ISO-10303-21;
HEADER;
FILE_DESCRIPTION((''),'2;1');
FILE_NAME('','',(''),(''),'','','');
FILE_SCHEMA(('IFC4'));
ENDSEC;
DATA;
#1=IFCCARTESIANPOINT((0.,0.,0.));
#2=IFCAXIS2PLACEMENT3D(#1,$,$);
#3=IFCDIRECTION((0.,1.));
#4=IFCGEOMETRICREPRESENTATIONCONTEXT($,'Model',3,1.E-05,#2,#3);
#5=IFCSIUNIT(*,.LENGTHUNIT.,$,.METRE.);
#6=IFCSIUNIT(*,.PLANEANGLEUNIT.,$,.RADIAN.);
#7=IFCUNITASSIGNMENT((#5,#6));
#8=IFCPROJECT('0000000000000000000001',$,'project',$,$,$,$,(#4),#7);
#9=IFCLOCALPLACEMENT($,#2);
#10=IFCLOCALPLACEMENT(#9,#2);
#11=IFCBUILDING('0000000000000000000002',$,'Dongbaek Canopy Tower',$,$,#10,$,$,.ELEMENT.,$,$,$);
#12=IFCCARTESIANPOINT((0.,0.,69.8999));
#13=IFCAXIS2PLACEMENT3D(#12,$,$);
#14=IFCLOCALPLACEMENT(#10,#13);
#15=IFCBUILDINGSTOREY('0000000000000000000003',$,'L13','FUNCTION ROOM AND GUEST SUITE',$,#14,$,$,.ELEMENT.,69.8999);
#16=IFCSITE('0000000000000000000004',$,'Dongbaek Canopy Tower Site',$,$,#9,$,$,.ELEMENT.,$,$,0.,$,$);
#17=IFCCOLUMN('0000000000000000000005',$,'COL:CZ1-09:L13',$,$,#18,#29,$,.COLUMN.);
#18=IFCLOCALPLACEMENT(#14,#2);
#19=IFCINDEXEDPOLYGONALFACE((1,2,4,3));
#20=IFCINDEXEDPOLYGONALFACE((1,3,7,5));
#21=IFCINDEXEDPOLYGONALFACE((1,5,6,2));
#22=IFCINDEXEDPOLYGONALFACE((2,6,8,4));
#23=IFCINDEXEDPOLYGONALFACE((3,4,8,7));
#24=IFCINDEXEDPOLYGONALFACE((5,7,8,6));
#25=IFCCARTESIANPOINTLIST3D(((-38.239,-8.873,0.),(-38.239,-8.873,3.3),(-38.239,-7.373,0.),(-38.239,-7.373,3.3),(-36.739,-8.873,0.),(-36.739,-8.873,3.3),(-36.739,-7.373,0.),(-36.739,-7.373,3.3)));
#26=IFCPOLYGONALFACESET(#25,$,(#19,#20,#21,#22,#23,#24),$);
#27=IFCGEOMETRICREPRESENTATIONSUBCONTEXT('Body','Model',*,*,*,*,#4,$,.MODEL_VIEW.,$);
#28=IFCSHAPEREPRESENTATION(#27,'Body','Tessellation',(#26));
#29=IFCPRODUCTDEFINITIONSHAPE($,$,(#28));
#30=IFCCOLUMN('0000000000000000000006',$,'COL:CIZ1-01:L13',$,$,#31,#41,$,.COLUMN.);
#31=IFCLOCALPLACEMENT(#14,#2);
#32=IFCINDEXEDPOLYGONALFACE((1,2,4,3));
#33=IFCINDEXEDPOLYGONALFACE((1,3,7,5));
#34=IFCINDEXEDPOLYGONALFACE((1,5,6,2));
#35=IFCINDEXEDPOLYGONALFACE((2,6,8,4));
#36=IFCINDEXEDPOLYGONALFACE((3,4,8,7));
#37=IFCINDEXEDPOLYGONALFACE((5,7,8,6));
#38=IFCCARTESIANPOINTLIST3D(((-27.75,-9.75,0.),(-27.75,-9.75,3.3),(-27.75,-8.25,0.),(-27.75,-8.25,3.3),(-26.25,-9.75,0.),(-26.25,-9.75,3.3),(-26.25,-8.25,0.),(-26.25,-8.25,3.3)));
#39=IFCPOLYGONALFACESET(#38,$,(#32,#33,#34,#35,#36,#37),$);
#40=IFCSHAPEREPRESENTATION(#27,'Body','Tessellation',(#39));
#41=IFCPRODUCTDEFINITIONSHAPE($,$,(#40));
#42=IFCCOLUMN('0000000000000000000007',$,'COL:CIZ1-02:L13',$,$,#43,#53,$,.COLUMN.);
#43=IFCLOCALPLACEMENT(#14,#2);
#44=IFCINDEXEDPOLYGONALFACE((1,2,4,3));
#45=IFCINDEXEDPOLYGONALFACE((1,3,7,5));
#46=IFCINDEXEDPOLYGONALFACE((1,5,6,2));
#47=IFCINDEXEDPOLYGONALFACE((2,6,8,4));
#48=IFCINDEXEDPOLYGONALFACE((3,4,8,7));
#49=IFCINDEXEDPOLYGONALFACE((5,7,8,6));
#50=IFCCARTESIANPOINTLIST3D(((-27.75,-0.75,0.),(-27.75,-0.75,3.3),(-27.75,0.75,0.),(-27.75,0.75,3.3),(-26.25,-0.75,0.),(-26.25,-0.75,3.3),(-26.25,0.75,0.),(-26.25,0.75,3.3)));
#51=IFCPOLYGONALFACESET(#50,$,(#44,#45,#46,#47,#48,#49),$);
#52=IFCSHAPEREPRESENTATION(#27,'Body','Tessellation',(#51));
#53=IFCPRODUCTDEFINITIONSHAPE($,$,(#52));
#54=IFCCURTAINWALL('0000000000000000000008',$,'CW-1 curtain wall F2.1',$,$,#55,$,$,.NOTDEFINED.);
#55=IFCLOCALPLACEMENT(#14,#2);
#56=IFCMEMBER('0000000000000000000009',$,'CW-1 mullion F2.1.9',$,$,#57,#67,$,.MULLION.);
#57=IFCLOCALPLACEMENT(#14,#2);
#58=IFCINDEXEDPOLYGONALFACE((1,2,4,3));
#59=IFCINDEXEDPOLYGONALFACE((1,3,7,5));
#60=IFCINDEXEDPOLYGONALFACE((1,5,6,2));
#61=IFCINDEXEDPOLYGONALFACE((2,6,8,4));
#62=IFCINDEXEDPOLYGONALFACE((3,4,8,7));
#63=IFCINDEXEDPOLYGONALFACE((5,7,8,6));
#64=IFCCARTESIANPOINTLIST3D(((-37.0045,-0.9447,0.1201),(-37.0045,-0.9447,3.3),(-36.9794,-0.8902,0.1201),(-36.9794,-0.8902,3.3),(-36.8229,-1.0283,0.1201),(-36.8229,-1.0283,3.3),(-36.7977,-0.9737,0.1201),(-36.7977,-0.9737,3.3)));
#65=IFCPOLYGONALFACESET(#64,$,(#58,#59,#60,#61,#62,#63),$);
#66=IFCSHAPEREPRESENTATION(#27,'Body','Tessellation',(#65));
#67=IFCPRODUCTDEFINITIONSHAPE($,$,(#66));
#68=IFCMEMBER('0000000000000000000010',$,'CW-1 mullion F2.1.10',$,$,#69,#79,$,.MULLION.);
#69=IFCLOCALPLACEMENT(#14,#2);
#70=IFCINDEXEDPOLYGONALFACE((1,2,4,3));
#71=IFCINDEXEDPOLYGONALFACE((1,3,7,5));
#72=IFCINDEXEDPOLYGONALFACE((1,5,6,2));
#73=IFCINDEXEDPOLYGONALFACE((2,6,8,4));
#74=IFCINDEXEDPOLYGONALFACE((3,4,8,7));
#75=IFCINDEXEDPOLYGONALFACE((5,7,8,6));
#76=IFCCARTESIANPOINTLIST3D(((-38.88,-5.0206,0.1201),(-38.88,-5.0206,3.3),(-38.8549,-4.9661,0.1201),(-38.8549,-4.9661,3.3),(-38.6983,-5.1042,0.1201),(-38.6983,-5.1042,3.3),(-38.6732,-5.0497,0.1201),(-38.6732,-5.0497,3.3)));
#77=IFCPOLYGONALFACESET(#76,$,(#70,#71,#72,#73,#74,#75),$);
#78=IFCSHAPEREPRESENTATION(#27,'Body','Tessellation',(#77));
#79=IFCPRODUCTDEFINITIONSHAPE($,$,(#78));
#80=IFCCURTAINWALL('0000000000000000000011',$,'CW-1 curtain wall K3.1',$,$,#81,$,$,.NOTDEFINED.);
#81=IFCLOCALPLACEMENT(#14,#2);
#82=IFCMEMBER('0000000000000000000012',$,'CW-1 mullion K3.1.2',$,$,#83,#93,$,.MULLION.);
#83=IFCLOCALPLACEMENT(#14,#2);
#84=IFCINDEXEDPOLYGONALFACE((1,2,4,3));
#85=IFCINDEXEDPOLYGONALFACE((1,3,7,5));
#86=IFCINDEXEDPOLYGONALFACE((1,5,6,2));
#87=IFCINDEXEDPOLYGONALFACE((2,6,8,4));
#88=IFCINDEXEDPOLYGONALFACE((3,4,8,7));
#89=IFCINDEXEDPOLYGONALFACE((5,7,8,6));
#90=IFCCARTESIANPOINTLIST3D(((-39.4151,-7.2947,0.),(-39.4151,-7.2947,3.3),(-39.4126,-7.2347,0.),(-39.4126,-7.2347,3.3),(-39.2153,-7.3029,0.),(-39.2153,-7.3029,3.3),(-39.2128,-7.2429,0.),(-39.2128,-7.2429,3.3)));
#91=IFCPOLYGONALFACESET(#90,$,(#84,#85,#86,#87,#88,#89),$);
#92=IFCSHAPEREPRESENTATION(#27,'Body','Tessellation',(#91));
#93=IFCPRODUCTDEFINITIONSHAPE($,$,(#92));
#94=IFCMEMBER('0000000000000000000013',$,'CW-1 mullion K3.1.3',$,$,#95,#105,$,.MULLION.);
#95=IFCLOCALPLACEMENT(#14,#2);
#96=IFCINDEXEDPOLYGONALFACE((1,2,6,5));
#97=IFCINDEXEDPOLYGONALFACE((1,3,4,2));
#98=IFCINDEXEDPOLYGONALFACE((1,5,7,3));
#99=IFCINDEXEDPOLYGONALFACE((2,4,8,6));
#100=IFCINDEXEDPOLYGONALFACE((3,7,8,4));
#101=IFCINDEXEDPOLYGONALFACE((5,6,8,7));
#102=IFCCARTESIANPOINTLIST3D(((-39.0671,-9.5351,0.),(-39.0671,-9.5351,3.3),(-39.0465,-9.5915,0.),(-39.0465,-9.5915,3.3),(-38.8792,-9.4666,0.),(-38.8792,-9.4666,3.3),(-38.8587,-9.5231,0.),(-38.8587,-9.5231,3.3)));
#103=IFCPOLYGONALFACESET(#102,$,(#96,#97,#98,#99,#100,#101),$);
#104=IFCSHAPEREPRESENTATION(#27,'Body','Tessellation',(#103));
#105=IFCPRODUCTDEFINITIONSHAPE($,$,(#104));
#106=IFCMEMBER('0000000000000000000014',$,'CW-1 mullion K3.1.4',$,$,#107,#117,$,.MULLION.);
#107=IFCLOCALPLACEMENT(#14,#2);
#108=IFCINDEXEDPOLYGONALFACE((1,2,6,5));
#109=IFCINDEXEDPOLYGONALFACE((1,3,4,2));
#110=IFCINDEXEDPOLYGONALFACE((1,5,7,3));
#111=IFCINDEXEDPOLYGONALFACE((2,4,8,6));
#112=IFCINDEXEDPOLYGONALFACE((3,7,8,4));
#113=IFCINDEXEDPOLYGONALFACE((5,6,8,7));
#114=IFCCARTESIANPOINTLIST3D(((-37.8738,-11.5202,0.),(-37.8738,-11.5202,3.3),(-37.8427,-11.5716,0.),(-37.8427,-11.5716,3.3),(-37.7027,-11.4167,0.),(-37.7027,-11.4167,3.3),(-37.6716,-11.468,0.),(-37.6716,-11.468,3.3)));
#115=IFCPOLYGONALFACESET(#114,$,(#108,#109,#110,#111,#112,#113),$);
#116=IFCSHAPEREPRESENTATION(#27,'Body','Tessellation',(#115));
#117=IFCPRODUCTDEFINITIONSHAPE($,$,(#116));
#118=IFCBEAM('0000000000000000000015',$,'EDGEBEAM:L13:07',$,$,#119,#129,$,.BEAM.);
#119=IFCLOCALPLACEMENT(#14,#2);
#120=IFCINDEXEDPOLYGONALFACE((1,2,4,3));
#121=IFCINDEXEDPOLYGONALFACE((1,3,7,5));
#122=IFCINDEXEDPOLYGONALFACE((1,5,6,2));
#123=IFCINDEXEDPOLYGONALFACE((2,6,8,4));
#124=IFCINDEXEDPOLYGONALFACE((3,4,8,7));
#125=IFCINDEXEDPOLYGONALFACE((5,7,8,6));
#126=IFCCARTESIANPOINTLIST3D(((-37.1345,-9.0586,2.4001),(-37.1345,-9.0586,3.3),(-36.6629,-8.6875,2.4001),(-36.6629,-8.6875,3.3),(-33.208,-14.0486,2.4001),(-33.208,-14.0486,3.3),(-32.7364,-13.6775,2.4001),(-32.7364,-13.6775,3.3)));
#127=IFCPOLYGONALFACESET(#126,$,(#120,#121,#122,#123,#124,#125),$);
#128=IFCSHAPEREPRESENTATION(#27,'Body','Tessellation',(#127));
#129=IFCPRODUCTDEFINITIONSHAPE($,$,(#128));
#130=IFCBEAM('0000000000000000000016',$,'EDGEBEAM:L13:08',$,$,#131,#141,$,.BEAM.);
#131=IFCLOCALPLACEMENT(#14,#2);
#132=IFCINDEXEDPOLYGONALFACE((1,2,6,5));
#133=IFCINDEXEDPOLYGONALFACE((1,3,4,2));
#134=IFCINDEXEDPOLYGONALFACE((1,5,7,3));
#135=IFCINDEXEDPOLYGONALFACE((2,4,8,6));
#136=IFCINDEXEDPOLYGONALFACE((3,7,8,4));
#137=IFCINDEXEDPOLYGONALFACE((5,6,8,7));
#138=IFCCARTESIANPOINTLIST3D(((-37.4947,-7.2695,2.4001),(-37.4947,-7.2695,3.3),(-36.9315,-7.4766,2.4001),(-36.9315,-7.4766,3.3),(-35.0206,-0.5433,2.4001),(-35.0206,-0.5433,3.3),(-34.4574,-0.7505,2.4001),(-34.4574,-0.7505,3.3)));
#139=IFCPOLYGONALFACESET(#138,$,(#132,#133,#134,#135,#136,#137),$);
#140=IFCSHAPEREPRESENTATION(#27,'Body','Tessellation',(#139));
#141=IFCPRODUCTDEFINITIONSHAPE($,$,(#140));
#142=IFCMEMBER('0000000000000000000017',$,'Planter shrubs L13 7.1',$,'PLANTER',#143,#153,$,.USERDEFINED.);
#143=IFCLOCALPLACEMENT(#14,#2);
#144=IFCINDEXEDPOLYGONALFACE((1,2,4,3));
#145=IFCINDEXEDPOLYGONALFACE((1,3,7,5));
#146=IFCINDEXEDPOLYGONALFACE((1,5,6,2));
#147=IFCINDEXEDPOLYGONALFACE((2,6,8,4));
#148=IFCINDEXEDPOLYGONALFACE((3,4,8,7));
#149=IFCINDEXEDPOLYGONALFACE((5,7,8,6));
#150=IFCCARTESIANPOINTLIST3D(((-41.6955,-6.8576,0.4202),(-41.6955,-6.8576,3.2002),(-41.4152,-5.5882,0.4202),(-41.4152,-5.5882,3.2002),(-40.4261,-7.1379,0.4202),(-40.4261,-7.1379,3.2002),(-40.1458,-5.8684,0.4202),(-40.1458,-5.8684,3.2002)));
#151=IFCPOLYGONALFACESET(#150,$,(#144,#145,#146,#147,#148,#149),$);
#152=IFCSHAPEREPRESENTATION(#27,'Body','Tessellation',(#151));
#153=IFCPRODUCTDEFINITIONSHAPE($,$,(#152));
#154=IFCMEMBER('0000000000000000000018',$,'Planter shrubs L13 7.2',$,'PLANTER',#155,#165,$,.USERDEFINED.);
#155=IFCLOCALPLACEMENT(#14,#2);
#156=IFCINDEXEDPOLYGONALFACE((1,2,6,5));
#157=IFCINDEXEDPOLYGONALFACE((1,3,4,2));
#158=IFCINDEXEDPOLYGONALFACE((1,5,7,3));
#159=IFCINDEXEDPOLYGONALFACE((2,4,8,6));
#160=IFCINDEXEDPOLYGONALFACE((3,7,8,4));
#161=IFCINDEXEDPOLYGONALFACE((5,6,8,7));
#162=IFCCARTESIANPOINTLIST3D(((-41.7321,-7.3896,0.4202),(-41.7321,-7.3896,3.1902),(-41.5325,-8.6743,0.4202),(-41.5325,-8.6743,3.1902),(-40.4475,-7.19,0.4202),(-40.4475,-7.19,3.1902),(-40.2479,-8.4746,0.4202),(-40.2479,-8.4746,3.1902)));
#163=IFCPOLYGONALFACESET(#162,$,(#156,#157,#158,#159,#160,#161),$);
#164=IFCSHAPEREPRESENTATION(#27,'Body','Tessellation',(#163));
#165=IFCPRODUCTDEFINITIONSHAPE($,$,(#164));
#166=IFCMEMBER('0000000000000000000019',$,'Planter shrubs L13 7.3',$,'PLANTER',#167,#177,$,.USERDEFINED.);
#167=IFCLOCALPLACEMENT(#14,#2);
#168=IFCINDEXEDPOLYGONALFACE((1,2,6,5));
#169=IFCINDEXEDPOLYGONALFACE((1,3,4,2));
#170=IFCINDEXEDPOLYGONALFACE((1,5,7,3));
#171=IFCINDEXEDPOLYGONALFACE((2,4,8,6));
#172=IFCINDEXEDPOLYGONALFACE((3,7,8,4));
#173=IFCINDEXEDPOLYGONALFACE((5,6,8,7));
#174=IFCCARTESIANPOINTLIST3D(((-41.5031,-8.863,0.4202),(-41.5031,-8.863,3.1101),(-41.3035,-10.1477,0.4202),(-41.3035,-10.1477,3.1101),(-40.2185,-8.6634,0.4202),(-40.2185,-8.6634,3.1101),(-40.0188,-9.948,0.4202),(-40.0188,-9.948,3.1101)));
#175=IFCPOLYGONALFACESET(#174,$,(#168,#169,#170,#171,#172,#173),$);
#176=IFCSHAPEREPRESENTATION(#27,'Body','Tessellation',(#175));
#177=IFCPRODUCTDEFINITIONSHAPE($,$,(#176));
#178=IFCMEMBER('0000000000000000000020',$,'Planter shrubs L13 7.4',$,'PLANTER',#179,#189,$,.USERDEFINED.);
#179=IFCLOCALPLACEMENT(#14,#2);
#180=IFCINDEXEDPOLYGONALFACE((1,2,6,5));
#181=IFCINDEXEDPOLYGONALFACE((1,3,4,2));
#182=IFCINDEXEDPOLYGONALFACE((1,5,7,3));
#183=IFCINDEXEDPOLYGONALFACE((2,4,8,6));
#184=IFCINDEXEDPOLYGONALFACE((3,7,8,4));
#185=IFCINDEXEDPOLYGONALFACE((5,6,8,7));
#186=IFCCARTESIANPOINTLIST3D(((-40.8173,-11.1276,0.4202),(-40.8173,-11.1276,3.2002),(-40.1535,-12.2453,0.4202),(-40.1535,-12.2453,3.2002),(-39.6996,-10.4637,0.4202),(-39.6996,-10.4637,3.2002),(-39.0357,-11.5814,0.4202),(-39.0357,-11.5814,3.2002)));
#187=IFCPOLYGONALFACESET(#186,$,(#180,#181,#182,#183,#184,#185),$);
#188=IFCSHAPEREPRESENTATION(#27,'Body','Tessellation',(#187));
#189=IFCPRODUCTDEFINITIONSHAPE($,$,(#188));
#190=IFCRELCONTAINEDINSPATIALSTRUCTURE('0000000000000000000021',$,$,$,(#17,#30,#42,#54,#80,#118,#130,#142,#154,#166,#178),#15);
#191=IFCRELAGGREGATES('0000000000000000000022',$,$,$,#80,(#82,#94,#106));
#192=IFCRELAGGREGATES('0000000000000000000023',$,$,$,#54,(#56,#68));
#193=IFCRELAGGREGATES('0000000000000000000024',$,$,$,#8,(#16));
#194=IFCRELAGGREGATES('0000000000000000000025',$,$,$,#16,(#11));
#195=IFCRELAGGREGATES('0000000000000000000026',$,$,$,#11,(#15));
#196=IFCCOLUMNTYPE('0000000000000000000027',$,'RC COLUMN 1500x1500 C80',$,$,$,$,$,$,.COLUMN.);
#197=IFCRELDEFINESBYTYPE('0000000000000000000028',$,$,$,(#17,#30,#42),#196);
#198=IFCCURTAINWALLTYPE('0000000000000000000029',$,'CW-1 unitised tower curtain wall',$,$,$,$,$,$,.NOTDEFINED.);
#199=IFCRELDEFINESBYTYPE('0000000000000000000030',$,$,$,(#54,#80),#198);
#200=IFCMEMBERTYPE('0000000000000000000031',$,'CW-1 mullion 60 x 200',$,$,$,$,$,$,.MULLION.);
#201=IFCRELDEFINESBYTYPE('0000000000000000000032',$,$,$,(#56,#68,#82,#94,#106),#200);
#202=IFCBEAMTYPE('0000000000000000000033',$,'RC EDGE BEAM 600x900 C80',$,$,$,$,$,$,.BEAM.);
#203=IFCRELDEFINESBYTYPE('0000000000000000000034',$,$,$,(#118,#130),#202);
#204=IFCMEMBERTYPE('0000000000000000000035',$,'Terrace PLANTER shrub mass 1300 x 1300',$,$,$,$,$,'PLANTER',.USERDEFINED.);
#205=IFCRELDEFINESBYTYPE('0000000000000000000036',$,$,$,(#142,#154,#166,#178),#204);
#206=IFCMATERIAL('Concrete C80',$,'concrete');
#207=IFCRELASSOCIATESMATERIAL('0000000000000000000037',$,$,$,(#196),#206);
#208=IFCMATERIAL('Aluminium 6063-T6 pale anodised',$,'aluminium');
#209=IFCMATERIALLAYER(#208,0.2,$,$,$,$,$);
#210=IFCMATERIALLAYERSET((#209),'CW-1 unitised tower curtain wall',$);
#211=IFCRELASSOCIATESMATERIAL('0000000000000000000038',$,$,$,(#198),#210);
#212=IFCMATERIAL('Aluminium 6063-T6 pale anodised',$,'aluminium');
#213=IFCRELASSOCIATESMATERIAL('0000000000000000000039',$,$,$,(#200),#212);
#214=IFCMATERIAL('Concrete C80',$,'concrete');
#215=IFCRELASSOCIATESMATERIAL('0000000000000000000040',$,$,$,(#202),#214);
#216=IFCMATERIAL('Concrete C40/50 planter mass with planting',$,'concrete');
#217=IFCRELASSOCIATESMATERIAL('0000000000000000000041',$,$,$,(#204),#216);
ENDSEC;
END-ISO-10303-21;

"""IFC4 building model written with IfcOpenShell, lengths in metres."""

from ifc_helpers import new_model, si_unit, direction, frame, origin, origin_2d, place, context, subcontext, project, spatial, rectangle, extrude, material, layer, layer_set, material_profile, profile_set, type_object, element, aggregate, save


model = new_model("IFC4")

# Units and contexts
model_context = context("Model", 3, precision=1e-05, world=origin(), true_north=direction((0.0, 1.0)))
body_context = subcontext(model_context, "Body", "Model", "MODEL_VIEW")
ifc_project = project(units=[si_unit("LENGTHUNIT", "METRE"), si_unit("PLANEANGLEUNIT", "RADIAN")], contexts=[model_context])

# Site, building, storey
site_placement = place(None, origin())
site = spatial("IfcSite", under=ifc_project, at=site_placement, Name="Dongbaek Canopy Tower Site", CompositionType="ELEMENT", RefElevation=0.0)
building_placement = place(site_placement, origin())
building = spatial("IfcBuilding", under=site, at=building_placement, Name="Dongbaek Canopy Tower", CompositionType="ELEMENT")
storey_placement = place(building_placement, frame((0.0, 0.0, 69.8999)))
storey = spatial("IfcBuildingStorey", under=building, at=storey_placement, Name="L13", Description="FUNCTION ROOM AND GUEST SUITE", CompositionType="ELEMENT", Elevation=69.8999)

# Columns
ifc_material_1 = material(Name="Concrete C80", Category="concrete")
ifc_material_profile_1 = material_profile(ifc_material_1, rectangle(XDim=1.5, YDim=1.5, at=origin_2d()), Name="RC COLUMN 1500x1500 C80")
ifc_profile_set_1 = profile_set([ifc_material_profile_1], Name="Concrete C80")
column_type = type_object("IfcColumnType", Name="RC COLUMN 1500x1500 C80", PredefinedType="COLUMN", material=ifc_profile_set_1)
for number, where, z_axis, x_axis, name in (
    (1, (-37.489, -8.123, 0.0), (0.0, 0.0, 1.0), (1.0, 0.0, 0.0), "COL:CZ1-09:L13"),
    (2, (-27.0, -9.0, 0.0), (0.0, 0.0, 1.0), (1.0, 0.0, 0.0), "COL:CIZ1-01:L13"),
    (3, (-27.0, 0.0, 0.0), (0.0, 0.0, 1.0), (1.0, 0.0, 0.0), "COL:CIZ1-02:L13"),
):
    element("IfcColumn", number, at=place(storey_placement, frame(where, z_axis=z_axis, x_axis=x_axis)), inside=storey, type_object=column_type, Name=name, PredefinedType="COLUMN", context=body_context, shape_type="SweptSolid", body=[
        extrude(rectangle(XDim=1.5, YDim=1.5, at=origin_2d()), origin(), (0.0, 0.0, 1.0), 3.3),
    ])

# Curtain walls, members
ifc_material_2 = material(Name="Aluminium 6063-T6 pale anodised", Category="aluminium")
ifc_layer_1 = layer(ifc_material_2, 0.2)
ifc_layer_set_1 = layer_set([ifc_layer_1], Name="CW-1 unitised tower curtain wall")
curtain_wall_type = type_object("IfcCurtainWallType", Name="CW-1 unitised tower curtain wall", PredefinedType="NOTDEFINED", material=ifc_layer_set_1)
curtain_wall_1_placement = place(storey_placement, origin())
curtain_wall_1 = element("IfcCurtainWall", 4, at=curtain_wall_1_placement, inside=storey, type_object=curtain_wall_type, Name="CW-1 curtain wall F2.1", PredefinedType="NOTDEFINED")
ifc_material_3 = material(Name="Aluminium 6063-T6 pale anodised", Category="aluminium")
ifc_material_profile_2 = material_profile(ifc_material_3, rectangle(XDim=0.2, YDim=0.0601, at=origin_2d()), Name="CW-1 mullion 60 x 200")
ifc_profile_set_2 = profile_set([ifc_material_profile_2], Name="Aluminium 6063-T6 pale anodised")
member_type_1 = type_object("IfcMemberType", Name="CW-1 mullion 60 x 200", PredefinedType="MULLION", material=ifc_profile_set_2)
member_1_placement = place(storey_placement, frame((-36.9011, -0.9592, 0.1201), z_axis=(0.0, 0.0, 1.0), x_axis=(-0.908436, 0.418025, 0.0)))
member_1 = element("IfcMember", 5, at=member_1_placement, type_object=member_type_1, Name="CW-1 mullion F2.1.9", PredefinedType="MULLION", context=body_context, shape_type="SweptSolid", body=[
    extrude(rectangle(XDim=0.2, YDim=0.0601, at=origin_2d()), origin(), (0.0, 0.0, 1.0), 3.1799),
])
member_2_placement = place(storey_placement, frame((-38.7766, -5.0352, 0.1201), z_axis=(0.0, 0.0, 1.0), x_axis=(-0.908436, 0.418025, 0.0)))
member_2 = element("IfcMember", 6, at=member_2_placement, type_object=member_type_1, Name="CW-1 mullion F2.1.10", PredefinedType="MULLION", context=body_context, shape_type="SweptSolid", body=[
    extrude(rectangle(XDim=0.2, YDim=0.0601, at=origin_2d()), origin(), (0.0, 0.0, 1.0), 3.1799),
])
curtain_wall_2_placement = place(storey_placement, origin())
curtain_wall_2 = element("IfcCurtainWall", 7, at=curtain_wall_2_placement, inside=storey, type_object=curtain_wall_type, Name="CW-1 curtain wall K3.1", PredefinedType="NOTDEFINED")
member_3_placement = place(storey_placement, frame((-39.314, -7.2688, 0.0), z_axis=(0.0, 0.0, 1.0), x_axis=(-0.999161, 0.040959, 0.0)))
member_3 = element("IfcMember", 8, at=member_3_placement, type_object=member_type_1, Name="CW-1 mullion K3.1.2", PredefinedType="MULLION", context=body_context, shape_type="SweptSolid", body=[
    extrude(rectangle(XDim=0.2, YDim=0.0601, at=origin_2d()), origin(), (0.0, 0.0, 1.0), 3.3),
])
member_4_placement = place(storey_placement, frame((-38.9629, -9.5291, 0.0), z_axis=(0.0, 0.0, 1.0), x_axis=(-0.939603, -0.342267, 0.0)))
member_4 = element("IfcMember", 9, at=member_4_placement, type_object=member_type_1, Name="CW-1 mullion K3.1.3", PredefinedType="MULLION", context=body_context, shape_type="SweptSolid", body=[
    extrude(rectangle(XDim=0.2, YDim=0.0601, at=origin_2d()), origin(), (0.0, 0.0, 1.0), 3.3),
])
member_5_placement = place(storey_placement, frame((-37.7727, -11.4941, 0.0), z_axis=(0.0, 0.0, 1.0), x_axis=(-0.855398, -0.517971, 0.0)))
member_5 = element("IfcMember", 10, at=member_5_placement, type_object=member_type_1, Name="CW-1 mullion K3.1.4", PredefinedType="MULLION", context=body_context, shape_type="SweptSolid", body=[
    extrude(rectangle(XDim=0.2, YDim=0.0601, at=origin_2d()), origin(), (0.0, 0.0, 1.0), 3.3),
])

# Beams
ifc_material_4 = material(Name="Concrete C80", Category="concrete")
ifc_material_profile_3 = material_profile(ifc_material_4, rectangle(XDim=0.6001, YDim=0.8999, at=origin_2d()), Name="RC EDGE BEAM 600x900 C80")
ifc_profile_set_3 = profile_set([ifc_material_profile_3], Name="Concrete C80")
beam_type = type_object("IfcBeamType", Name="RC EDGE BEAM 600x900 C80", PredefinedType="BEAM", material=ifc_profile_set_3)
beam_1_placement = place(storey_placement, frame((-32.9722, -13.863, 2.8501), z_axis=(-0.618387, 0.785874, 0.0), x_axis=(-0.785874, -0.618387, 0.0)))
element("IfcBeam", 11, at=beam_1_placement, inside=storey, type_object=beam_type, Name="EDGEBEAM:L13:07", PredefinedType="BEAM", context=body_context, shape_type="SweptSolid", body=[
    extrude(rectangle(XDim=0.6001, YDim=0.8999, at=origin_2d()), origin(), (0.0, 0.0, 1.0), 6.3496),
])
beam_2_placement = place(storey_placement, frame((-37.2131, -7.373, 2.8501), z_axis=(0.345225, 0.93852, 0.0), x_axis=(-0.93852, 0.345225, 0.0)))
element("IfcBeam", 12, at=beam_2_placement, inside=storey, type_object=beam_type, Name="EDGEBEAM:L13:08", PredefinedType="BEAM", context=body_context, shape_type="SweptSolid", body=[
    extrude(rectangle(XDim=0.6001, YDim=0.8999, at=origin_2d()), origin(), (0.0, 0.0, 1.0), 7.1667),
])

# Members
ifc_material_5 = material(Name="Concrete C40/50 planter mass with planting", Category="concrete")
ifc_material_profile_4 = material_profile(ifc_material_5, rectangle(XDim=1.3, YDim=1.3, at=origin_2d()), Name="Terrace PLANTER shrub mass 1300 x 1300")
ifc_profile_set_4 = profile_set([ifc_material_profile_4], Name="Concrete C40/50 planter mass with planting")
member_type_2 = type_object("IfcMemberType", Name="Terrace PLANTER shrub mass 1300 x 1300", ElementType="PLANTER", PredefinedType="USERDEFINED", material=ifc_profile_set_4)
member_6_placement = place(storey_placement, frame((-40.9207, -6.363, 0.4202), z_axis=(0.0, 0.0, 1.0), x_axis=(-0.976482, 0.215598, 0.0)))
element("IfcMember", 13, at=member_6_placement, inside=storey, type_object=member_type_2, Name="Planter shrubs L13 7.1", ObjectType="PLANTER", PredefinedType="USERDEFINED", context=body_context, shape_type="SweptSolid", body=[
    extrude(rectangle(XDim=1.3, YDim=1.3, at=origin_2d()), origin(), (0.0, 0.0, 1.0), 2.78),
])
member_7_placement = place(storey_placement, frame((-40.99, -7.9321, 0.4202), z_axis=(0.0, 0.0, 1.0), x_axis=(-0.988138, -0.153569, 0.0)))
element("IfcMember", 14, at=member_7_placement, inside=storey, type_object=member_type_2, Name="Planter shrubs L13 7.2", ObjectType="PLANTER", PredefinedType="USERDEFINED", context=body_context, shape_type="SweptSolid", body=[
    extrude(rectangle(XDim=1.3, YDim=1.3, at=origin_2d()), origin(), (0.0, 0.0, 1.0), 2.77),
])
member_8_placement = place(storey_placement, frame((-40.761, -9.4055, 0.4202), z_axis=(0.0, 0.0, 1.0), x_axis=(-0.988138, -0.153569, 0.0)))
element("IfcMember", 15, at=member_8_placement, inside=storey, type_object=member_type_2, Name="Planter shrubs L13 7.3", ObjectType="PLANTER", PredefinedType="USERDEFINED", context=body_context, shape_type="SweptSolid", body=[
    extrude(rectangle(XDim=1.3, YDim=1.3, at=origin_2d()), origin(), (0.0, 0.0, 1.0), 2.6899),
])
member_9_placement = place(storey_placement, frame((-39.9265, -11.3545, 0.4202), z_axis=(0.0, 0.0, 1.0), x_axis=(-0.859783, -0.510659, 0.0)))
element("IfcMember", 16, at=member_9_placement, inside=storey, type_object=member_type_2, Name="Planter shrubs L13 7.4", ObjectType="PLANTER", PredefinedType="USERDEFINED", context=body_context, shape_type="SweptSolid", body=[
    extrude(rectangle(XDim=1.3, YDim=1.3, at=origin_2d()), origin(), (0.0, 0.0, 1.0), 2.78),
])

aggregate(curtain_wall_2, [member_3, member_4, member_5])

aggregate(curtain_wall_1, [member_1, member_2])

save(model, "model.ifc")
